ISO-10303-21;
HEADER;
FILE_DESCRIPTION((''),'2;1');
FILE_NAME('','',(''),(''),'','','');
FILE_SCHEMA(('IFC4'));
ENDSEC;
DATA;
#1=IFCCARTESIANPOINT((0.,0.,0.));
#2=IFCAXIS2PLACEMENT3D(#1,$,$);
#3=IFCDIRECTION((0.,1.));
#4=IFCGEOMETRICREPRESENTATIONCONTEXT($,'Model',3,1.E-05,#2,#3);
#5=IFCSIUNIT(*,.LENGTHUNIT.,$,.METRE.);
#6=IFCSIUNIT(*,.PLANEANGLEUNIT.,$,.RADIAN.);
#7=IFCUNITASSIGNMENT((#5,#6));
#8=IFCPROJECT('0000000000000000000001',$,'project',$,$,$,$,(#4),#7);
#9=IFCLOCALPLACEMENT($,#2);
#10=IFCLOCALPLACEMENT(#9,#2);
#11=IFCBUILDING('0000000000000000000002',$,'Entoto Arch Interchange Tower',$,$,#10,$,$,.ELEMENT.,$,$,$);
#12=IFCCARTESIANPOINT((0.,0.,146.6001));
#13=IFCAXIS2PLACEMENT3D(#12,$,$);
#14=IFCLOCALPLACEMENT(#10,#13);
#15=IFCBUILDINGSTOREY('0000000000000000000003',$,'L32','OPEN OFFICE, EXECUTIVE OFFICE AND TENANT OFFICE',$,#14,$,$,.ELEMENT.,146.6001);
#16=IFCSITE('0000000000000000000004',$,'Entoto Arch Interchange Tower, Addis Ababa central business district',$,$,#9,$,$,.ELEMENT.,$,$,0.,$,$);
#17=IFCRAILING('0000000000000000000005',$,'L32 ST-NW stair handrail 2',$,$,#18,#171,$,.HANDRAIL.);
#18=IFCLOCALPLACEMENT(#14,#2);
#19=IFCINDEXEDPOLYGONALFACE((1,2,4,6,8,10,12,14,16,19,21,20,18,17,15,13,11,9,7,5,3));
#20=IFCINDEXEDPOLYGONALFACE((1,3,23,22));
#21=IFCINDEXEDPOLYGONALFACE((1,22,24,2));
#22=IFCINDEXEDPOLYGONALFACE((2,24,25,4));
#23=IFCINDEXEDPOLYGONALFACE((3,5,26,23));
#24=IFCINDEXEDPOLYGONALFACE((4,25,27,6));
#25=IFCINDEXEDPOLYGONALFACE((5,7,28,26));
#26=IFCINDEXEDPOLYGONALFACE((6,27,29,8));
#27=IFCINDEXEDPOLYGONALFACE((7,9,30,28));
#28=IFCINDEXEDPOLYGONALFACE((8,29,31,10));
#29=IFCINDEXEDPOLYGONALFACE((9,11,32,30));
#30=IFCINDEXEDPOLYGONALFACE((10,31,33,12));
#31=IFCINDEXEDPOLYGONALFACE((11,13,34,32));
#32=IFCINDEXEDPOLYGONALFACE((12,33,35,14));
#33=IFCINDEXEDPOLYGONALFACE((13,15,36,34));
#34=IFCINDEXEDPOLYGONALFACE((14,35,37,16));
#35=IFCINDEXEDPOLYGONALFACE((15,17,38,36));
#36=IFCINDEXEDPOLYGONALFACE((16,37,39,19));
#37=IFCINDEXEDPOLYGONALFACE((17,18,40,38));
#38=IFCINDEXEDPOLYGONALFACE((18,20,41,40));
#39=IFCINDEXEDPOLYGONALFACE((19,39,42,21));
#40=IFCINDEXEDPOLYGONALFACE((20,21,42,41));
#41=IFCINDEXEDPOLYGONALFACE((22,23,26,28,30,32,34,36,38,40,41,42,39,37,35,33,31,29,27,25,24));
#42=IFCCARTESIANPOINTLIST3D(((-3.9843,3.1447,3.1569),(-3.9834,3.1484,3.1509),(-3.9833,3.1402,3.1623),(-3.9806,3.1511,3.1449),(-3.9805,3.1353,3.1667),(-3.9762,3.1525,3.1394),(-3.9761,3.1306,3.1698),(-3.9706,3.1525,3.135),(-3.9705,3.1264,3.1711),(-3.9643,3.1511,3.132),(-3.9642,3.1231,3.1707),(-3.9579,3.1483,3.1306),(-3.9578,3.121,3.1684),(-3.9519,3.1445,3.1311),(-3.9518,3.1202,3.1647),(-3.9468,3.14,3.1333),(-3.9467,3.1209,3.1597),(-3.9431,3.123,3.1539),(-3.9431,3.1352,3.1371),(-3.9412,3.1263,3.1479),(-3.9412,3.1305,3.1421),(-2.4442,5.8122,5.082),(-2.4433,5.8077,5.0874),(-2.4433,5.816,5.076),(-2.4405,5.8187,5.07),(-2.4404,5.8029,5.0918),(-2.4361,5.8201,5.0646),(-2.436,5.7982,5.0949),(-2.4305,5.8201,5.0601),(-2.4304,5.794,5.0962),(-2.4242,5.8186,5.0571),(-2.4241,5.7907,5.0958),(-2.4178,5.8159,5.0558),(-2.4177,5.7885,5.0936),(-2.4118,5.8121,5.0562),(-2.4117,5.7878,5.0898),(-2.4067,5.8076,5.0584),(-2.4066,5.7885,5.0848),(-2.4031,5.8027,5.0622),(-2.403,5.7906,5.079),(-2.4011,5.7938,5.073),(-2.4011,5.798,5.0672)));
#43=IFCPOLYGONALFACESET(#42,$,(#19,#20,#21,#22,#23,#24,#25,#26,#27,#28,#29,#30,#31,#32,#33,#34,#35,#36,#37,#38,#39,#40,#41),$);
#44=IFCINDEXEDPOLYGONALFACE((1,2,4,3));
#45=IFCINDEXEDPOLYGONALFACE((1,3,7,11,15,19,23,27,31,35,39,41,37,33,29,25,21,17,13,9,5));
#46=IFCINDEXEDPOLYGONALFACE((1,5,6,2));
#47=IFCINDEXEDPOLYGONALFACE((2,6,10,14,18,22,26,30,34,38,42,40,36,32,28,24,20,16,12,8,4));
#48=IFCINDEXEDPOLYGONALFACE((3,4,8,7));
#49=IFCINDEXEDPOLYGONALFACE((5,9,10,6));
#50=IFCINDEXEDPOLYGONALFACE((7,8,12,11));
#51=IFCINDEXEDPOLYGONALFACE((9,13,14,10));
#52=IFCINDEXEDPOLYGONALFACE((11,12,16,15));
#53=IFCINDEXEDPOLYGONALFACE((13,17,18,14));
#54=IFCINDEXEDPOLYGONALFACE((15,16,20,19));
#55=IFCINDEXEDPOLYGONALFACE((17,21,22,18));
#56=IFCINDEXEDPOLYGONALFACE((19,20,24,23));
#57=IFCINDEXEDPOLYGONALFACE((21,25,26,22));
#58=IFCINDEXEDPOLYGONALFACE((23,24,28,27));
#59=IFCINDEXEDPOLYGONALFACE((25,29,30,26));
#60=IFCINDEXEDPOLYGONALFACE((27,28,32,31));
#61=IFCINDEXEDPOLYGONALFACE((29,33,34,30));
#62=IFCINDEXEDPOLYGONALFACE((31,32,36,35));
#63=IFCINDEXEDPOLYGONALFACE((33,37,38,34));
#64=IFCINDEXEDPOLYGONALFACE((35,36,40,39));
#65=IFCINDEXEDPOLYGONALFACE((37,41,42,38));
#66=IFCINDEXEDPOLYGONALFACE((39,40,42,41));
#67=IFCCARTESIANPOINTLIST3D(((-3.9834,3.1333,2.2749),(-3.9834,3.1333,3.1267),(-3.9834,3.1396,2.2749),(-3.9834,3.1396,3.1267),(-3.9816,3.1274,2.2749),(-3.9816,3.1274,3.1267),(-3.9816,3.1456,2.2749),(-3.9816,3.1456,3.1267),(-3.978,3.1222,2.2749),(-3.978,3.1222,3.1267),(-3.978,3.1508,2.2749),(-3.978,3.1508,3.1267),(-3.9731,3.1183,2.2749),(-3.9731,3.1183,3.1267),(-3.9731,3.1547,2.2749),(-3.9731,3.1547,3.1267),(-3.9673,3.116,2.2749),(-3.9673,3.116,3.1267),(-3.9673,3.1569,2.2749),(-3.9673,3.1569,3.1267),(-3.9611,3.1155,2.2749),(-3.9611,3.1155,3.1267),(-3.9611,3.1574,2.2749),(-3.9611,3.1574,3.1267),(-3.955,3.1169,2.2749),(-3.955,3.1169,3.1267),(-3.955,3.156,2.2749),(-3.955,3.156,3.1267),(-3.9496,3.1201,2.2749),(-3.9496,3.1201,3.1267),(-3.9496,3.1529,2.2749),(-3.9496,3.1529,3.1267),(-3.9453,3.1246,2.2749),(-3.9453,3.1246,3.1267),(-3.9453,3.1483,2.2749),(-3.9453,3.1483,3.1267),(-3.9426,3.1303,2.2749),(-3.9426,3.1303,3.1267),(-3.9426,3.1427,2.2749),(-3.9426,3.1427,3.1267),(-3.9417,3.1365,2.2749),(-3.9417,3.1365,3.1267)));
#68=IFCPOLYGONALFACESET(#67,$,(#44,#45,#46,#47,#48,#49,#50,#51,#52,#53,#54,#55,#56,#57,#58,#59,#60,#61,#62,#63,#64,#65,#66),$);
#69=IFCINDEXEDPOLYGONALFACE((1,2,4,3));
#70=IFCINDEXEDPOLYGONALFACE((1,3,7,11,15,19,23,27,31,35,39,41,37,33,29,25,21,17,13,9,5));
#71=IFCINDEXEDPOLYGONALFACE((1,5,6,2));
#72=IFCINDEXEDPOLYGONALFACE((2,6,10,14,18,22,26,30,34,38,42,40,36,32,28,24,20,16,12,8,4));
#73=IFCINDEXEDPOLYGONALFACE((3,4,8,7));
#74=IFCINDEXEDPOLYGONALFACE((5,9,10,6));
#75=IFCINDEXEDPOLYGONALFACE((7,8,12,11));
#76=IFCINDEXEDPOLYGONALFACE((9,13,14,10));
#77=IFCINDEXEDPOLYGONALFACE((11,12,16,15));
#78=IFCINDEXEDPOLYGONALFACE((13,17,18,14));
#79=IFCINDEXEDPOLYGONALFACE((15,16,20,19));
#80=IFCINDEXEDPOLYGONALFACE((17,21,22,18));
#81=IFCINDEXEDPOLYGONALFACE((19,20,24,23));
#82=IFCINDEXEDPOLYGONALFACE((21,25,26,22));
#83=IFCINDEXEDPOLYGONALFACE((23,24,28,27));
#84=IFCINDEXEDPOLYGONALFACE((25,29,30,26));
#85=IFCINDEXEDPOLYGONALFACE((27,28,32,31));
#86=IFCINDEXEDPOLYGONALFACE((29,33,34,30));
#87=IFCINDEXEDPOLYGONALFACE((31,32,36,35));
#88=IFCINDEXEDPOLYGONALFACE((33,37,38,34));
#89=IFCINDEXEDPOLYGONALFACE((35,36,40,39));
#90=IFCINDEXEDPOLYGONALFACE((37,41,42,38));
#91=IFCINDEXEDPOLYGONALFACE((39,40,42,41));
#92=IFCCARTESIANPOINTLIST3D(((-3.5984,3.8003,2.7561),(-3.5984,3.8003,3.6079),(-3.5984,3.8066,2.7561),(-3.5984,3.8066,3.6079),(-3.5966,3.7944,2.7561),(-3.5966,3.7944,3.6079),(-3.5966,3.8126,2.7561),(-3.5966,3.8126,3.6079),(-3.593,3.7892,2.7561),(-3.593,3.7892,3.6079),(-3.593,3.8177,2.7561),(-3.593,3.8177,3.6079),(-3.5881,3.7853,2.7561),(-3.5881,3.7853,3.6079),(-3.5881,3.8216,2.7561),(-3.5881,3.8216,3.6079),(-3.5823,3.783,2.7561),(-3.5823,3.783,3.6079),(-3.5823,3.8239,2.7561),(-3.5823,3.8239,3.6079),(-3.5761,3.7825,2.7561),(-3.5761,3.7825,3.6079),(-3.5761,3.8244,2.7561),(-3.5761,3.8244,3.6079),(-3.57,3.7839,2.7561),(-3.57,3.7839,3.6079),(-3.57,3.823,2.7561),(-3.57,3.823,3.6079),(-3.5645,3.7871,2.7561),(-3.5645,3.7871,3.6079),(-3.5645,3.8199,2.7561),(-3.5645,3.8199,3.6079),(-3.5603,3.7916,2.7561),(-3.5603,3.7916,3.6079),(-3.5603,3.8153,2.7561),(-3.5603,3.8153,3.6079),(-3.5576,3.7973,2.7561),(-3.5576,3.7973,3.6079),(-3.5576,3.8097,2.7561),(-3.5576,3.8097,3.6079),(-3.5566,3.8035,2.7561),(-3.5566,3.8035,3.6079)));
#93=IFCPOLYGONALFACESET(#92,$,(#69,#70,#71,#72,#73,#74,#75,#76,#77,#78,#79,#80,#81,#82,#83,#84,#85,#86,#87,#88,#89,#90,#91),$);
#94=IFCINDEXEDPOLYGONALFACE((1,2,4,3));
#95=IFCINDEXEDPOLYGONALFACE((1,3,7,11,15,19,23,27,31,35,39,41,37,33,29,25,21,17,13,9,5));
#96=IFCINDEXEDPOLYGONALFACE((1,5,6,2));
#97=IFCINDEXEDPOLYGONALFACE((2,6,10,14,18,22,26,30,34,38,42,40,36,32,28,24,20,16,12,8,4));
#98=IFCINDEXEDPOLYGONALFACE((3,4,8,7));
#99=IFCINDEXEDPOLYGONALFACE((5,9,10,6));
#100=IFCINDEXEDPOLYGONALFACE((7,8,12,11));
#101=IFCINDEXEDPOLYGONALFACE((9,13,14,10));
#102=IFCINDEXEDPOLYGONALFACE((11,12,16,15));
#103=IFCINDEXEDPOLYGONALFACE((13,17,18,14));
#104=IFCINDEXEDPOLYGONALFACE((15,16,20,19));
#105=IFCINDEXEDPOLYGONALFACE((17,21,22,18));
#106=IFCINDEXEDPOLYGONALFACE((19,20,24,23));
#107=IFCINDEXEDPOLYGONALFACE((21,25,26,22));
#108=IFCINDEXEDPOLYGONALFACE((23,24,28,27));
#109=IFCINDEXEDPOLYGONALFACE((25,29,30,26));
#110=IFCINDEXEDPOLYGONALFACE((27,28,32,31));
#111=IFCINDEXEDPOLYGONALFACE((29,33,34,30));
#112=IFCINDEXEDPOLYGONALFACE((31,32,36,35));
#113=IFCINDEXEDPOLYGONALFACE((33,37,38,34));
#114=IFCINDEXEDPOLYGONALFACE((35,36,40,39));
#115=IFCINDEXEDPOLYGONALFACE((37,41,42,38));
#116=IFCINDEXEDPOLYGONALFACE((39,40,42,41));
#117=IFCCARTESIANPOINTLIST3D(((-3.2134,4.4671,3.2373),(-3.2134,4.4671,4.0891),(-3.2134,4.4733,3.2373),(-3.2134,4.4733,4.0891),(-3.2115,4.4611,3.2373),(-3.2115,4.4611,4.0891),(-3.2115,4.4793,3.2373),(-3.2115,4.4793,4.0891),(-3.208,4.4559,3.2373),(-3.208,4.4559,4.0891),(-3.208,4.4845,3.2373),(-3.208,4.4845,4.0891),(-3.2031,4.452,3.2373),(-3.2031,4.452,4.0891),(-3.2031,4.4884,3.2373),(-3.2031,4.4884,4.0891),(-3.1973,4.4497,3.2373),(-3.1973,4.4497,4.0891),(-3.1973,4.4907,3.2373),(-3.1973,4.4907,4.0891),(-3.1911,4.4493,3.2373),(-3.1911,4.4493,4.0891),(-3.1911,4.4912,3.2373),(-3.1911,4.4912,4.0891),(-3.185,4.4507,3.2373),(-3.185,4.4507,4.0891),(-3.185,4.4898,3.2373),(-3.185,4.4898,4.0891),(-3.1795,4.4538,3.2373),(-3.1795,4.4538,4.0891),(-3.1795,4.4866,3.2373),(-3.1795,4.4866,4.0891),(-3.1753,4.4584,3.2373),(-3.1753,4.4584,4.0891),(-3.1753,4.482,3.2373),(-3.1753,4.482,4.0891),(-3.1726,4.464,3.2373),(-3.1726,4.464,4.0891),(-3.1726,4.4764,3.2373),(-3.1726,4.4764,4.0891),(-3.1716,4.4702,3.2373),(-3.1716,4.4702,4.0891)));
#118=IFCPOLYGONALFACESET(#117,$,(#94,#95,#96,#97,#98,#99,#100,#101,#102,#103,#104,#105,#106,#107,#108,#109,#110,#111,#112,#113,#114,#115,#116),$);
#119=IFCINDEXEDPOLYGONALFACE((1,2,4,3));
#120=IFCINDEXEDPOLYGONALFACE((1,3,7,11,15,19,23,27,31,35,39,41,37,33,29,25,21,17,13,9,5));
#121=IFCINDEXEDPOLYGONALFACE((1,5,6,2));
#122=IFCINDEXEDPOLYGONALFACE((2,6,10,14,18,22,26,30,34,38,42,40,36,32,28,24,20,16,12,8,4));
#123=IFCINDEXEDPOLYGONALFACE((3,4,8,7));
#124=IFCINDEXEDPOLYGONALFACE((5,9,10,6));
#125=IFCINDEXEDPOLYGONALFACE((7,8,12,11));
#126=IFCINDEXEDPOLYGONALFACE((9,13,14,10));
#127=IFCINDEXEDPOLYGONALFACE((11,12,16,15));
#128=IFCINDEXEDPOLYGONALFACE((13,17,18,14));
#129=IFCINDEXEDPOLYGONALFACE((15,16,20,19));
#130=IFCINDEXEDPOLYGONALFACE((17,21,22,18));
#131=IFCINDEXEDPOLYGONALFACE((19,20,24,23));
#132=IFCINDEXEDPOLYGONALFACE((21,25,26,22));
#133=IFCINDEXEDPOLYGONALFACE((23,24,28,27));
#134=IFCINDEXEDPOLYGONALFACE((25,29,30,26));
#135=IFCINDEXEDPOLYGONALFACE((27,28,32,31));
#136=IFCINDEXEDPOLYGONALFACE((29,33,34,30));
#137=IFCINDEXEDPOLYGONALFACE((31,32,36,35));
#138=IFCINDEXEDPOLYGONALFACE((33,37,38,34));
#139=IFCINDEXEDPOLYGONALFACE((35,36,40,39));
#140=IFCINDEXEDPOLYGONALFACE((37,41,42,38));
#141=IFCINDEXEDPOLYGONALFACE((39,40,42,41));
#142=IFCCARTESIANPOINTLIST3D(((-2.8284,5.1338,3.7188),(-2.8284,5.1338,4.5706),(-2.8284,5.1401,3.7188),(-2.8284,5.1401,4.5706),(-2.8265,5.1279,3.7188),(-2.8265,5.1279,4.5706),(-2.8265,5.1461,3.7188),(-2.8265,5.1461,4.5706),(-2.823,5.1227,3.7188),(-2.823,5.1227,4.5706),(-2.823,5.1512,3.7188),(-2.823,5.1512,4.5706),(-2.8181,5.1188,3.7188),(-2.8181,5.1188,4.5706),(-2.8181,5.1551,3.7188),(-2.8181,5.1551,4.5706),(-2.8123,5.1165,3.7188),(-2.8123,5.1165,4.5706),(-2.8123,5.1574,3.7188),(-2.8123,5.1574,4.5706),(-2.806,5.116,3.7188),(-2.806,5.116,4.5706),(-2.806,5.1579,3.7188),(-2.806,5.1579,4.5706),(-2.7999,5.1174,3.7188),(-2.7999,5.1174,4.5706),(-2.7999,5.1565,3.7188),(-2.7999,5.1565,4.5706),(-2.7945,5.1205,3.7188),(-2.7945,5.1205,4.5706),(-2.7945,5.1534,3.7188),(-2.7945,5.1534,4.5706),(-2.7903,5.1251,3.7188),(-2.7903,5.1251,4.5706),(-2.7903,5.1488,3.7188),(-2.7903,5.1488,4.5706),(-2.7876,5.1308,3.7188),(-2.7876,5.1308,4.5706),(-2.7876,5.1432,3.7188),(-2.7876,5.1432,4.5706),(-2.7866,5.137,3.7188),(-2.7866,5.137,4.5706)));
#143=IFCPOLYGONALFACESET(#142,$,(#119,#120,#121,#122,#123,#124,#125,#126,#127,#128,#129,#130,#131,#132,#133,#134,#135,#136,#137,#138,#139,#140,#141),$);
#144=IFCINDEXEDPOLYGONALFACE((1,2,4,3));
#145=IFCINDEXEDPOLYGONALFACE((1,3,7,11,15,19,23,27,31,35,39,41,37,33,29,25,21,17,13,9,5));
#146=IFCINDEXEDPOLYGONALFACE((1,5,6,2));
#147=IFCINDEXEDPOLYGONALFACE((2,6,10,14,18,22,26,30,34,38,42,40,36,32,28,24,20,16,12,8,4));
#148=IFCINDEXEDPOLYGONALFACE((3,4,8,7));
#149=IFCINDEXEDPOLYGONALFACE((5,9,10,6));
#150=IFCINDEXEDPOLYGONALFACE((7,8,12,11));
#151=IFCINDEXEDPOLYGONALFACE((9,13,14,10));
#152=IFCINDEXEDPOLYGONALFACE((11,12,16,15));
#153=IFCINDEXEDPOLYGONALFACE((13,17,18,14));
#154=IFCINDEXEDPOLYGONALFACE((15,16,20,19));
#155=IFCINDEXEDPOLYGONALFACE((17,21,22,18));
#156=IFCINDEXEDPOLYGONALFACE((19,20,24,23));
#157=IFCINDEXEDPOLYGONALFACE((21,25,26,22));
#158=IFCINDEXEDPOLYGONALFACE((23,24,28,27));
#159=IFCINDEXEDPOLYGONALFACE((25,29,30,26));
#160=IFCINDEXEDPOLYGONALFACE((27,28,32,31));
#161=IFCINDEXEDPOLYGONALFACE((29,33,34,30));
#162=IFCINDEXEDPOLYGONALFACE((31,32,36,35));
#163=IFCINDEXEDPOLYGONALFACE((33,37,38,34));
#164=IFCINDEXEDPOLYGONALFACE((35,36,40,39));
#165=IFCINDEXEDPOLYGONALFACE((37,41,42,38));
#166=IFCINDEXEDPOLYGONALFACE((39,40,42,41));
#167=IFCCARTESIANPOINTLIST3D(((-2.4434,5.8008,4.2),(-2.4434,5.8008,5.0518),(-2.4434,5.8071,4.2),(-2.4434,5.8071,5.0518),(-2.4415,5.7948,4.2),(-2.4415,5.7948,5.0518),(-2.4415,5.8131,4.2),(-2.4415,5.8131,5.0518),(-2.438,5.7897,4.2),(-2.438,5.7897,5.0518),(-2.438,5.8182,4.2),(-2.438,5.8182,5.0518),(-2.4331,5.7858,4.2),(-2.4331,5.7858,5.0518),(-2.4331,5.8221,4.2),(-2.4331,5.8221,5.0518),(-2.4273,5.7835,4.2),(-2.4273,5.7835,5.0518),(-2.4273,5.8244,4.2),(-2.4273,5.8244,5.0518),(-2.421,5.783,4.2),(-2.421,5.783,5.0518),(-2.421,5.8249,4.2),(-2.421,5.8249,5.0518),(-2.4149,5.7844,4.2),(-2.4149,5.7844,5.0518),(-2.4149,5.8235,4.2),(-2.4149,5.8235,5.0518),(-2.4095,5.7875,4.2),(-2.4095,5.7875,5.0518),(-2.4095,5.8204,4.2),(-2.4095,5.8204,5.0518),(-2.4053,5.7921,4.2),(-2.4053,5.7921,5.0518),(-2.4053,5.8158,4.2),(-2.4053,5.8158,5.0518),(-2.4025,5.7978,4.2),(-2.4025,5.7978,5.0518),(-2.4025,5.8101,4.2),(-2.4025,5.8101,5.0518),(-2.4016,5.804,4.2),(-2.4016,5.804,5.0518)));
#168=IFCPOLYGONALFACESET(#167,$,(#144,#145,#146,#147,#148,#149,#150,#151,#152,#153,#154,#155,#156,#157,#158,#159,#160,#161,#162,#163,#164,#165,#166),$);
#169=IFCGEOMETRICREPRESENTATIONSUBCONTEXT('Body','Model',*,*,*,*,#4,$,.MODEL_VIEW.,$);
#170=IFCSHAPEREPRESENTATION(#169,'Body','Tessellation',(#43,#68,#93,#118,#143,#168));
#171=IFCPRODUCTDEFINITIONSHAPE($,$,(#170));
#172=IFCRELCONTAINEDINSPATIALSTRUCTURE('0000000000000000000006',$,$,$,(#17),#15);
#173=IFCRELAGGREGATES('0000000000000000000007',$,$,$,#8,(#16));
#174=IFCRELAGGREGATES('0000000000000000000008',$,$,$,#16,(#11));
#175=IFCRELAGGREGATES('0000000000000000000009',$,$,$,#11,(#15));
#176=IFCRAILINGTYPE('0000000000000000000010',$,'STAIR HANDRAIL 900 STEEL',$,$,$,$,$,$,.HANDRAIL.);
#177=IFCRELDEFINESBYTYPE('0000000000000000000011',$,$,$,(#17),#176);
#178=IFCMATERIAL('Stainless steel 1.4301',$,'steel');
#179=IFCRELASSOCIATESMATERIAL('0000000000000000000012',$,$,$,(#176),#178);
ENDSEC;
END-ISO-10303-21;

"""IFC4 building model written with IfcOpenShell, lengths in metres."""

from ifc_helpers import new_model, si_unit, direction, frame, origin, origin_2d, place, context, subcontext, project, spatial, circle, extrude, material, type_object, element, save


model = new_model("IFC4")

# Units and contexts
model_context = context("Model", 3, precision=1e-05, world=origin(), true_north=direction((0.0, 1.0)))
body_context = subcontext(model_context, "Body", "Model", "MODEL_VIEW")
ifc_project = project(units=[si_unit("LENGTHUNIT", "METRE"), si_unit("PLANEANGLEUNIT", "RADIAN")], contexts=[model_context])

# Site, building, storey
site_placement = place(None, origin())
site = spatial("IfcSite", under=ifc_project, at=site_placement, Name="Entoto Arch Interchange Tower, Addis Ababa central business district", CompositionType="ELEMENT", RefElevation=0.0)
building_placement = place(site_placement, origin())
building = spatial("IfcBuilding", under=site, at=building_placement, Name="Entoto Arch Interchange Tower", CompositionType="ELEMENT")
storey_placement = place(building_placement, frame((0.0, 0.0, 146.6001)))
storey = spatial("IfcBuildingStorey", under=building, at=storey_placement, Name="L32", Description="OPEN OFFICE, EXECUTIVE OFFICE AND TENANT OFFICE", CompositionType="ELEMENT", Elevation=146.6001)

# Railing
ifc_material_1 = material(Name="Stainless steel 1.4301", Category="steel")
railing_type_1 = type_object("IfcRailingType", Name="STAIR HANDRAIL 900 STEEL", PredefinedType="HANDRAIL", material=ifc_material_1)
railing_1_placement = place(storey_placement, frame((-3.9626, 3.1365, 2.2749)))
element("IfcRailing", 1, at=railing_1_placement, inside=storey, type_object=railing_type_1, Name="L32 ST-NW stair handrail 2", PredefinedType="HANDRAIL", context=body_context, shape_type="SweptSolid", body=[
    extrude(circle(Radius=0.0239, at=origin_2d()), frame((0.0, 0.0, 0.876), z_axis=(0.423994, 0.734395, 0.529993), x_axis=(-0.86603, 0.499992, 0.0)), (0.0, 0.0, 1.0), 3.6323),
    extrude(circle(Radius=0.021, at=origin_2d()), origin(), (0.0, 0.0, 1.0), 0.8518),
    extrude(circle(Radius=0.021, at=origin_2d()), frame((0.385, 0.667, 0.4812)), (0.0, 0.0, 1.0), 0.8518),
    extrude(circle(Radius=0.021, at=origin_2d()), frame((0.77, 1.3337, 0.9624)), (0.0, 0.0, 1.0), 0.8518),
    extrude(circle(Radius=0.021, at=origin_2d()), frame((1.155, 2.0005, 1.4438)), (0.0, 0.0, 1.0), 0.8518),
    extrude(circle(Radius=0.021, at=origin_2d()), frame((1.54, 2.6675, 1.925)), (0.0, 0.0, 1.0), 0.8518),
])

save(model, "model.ifc")
